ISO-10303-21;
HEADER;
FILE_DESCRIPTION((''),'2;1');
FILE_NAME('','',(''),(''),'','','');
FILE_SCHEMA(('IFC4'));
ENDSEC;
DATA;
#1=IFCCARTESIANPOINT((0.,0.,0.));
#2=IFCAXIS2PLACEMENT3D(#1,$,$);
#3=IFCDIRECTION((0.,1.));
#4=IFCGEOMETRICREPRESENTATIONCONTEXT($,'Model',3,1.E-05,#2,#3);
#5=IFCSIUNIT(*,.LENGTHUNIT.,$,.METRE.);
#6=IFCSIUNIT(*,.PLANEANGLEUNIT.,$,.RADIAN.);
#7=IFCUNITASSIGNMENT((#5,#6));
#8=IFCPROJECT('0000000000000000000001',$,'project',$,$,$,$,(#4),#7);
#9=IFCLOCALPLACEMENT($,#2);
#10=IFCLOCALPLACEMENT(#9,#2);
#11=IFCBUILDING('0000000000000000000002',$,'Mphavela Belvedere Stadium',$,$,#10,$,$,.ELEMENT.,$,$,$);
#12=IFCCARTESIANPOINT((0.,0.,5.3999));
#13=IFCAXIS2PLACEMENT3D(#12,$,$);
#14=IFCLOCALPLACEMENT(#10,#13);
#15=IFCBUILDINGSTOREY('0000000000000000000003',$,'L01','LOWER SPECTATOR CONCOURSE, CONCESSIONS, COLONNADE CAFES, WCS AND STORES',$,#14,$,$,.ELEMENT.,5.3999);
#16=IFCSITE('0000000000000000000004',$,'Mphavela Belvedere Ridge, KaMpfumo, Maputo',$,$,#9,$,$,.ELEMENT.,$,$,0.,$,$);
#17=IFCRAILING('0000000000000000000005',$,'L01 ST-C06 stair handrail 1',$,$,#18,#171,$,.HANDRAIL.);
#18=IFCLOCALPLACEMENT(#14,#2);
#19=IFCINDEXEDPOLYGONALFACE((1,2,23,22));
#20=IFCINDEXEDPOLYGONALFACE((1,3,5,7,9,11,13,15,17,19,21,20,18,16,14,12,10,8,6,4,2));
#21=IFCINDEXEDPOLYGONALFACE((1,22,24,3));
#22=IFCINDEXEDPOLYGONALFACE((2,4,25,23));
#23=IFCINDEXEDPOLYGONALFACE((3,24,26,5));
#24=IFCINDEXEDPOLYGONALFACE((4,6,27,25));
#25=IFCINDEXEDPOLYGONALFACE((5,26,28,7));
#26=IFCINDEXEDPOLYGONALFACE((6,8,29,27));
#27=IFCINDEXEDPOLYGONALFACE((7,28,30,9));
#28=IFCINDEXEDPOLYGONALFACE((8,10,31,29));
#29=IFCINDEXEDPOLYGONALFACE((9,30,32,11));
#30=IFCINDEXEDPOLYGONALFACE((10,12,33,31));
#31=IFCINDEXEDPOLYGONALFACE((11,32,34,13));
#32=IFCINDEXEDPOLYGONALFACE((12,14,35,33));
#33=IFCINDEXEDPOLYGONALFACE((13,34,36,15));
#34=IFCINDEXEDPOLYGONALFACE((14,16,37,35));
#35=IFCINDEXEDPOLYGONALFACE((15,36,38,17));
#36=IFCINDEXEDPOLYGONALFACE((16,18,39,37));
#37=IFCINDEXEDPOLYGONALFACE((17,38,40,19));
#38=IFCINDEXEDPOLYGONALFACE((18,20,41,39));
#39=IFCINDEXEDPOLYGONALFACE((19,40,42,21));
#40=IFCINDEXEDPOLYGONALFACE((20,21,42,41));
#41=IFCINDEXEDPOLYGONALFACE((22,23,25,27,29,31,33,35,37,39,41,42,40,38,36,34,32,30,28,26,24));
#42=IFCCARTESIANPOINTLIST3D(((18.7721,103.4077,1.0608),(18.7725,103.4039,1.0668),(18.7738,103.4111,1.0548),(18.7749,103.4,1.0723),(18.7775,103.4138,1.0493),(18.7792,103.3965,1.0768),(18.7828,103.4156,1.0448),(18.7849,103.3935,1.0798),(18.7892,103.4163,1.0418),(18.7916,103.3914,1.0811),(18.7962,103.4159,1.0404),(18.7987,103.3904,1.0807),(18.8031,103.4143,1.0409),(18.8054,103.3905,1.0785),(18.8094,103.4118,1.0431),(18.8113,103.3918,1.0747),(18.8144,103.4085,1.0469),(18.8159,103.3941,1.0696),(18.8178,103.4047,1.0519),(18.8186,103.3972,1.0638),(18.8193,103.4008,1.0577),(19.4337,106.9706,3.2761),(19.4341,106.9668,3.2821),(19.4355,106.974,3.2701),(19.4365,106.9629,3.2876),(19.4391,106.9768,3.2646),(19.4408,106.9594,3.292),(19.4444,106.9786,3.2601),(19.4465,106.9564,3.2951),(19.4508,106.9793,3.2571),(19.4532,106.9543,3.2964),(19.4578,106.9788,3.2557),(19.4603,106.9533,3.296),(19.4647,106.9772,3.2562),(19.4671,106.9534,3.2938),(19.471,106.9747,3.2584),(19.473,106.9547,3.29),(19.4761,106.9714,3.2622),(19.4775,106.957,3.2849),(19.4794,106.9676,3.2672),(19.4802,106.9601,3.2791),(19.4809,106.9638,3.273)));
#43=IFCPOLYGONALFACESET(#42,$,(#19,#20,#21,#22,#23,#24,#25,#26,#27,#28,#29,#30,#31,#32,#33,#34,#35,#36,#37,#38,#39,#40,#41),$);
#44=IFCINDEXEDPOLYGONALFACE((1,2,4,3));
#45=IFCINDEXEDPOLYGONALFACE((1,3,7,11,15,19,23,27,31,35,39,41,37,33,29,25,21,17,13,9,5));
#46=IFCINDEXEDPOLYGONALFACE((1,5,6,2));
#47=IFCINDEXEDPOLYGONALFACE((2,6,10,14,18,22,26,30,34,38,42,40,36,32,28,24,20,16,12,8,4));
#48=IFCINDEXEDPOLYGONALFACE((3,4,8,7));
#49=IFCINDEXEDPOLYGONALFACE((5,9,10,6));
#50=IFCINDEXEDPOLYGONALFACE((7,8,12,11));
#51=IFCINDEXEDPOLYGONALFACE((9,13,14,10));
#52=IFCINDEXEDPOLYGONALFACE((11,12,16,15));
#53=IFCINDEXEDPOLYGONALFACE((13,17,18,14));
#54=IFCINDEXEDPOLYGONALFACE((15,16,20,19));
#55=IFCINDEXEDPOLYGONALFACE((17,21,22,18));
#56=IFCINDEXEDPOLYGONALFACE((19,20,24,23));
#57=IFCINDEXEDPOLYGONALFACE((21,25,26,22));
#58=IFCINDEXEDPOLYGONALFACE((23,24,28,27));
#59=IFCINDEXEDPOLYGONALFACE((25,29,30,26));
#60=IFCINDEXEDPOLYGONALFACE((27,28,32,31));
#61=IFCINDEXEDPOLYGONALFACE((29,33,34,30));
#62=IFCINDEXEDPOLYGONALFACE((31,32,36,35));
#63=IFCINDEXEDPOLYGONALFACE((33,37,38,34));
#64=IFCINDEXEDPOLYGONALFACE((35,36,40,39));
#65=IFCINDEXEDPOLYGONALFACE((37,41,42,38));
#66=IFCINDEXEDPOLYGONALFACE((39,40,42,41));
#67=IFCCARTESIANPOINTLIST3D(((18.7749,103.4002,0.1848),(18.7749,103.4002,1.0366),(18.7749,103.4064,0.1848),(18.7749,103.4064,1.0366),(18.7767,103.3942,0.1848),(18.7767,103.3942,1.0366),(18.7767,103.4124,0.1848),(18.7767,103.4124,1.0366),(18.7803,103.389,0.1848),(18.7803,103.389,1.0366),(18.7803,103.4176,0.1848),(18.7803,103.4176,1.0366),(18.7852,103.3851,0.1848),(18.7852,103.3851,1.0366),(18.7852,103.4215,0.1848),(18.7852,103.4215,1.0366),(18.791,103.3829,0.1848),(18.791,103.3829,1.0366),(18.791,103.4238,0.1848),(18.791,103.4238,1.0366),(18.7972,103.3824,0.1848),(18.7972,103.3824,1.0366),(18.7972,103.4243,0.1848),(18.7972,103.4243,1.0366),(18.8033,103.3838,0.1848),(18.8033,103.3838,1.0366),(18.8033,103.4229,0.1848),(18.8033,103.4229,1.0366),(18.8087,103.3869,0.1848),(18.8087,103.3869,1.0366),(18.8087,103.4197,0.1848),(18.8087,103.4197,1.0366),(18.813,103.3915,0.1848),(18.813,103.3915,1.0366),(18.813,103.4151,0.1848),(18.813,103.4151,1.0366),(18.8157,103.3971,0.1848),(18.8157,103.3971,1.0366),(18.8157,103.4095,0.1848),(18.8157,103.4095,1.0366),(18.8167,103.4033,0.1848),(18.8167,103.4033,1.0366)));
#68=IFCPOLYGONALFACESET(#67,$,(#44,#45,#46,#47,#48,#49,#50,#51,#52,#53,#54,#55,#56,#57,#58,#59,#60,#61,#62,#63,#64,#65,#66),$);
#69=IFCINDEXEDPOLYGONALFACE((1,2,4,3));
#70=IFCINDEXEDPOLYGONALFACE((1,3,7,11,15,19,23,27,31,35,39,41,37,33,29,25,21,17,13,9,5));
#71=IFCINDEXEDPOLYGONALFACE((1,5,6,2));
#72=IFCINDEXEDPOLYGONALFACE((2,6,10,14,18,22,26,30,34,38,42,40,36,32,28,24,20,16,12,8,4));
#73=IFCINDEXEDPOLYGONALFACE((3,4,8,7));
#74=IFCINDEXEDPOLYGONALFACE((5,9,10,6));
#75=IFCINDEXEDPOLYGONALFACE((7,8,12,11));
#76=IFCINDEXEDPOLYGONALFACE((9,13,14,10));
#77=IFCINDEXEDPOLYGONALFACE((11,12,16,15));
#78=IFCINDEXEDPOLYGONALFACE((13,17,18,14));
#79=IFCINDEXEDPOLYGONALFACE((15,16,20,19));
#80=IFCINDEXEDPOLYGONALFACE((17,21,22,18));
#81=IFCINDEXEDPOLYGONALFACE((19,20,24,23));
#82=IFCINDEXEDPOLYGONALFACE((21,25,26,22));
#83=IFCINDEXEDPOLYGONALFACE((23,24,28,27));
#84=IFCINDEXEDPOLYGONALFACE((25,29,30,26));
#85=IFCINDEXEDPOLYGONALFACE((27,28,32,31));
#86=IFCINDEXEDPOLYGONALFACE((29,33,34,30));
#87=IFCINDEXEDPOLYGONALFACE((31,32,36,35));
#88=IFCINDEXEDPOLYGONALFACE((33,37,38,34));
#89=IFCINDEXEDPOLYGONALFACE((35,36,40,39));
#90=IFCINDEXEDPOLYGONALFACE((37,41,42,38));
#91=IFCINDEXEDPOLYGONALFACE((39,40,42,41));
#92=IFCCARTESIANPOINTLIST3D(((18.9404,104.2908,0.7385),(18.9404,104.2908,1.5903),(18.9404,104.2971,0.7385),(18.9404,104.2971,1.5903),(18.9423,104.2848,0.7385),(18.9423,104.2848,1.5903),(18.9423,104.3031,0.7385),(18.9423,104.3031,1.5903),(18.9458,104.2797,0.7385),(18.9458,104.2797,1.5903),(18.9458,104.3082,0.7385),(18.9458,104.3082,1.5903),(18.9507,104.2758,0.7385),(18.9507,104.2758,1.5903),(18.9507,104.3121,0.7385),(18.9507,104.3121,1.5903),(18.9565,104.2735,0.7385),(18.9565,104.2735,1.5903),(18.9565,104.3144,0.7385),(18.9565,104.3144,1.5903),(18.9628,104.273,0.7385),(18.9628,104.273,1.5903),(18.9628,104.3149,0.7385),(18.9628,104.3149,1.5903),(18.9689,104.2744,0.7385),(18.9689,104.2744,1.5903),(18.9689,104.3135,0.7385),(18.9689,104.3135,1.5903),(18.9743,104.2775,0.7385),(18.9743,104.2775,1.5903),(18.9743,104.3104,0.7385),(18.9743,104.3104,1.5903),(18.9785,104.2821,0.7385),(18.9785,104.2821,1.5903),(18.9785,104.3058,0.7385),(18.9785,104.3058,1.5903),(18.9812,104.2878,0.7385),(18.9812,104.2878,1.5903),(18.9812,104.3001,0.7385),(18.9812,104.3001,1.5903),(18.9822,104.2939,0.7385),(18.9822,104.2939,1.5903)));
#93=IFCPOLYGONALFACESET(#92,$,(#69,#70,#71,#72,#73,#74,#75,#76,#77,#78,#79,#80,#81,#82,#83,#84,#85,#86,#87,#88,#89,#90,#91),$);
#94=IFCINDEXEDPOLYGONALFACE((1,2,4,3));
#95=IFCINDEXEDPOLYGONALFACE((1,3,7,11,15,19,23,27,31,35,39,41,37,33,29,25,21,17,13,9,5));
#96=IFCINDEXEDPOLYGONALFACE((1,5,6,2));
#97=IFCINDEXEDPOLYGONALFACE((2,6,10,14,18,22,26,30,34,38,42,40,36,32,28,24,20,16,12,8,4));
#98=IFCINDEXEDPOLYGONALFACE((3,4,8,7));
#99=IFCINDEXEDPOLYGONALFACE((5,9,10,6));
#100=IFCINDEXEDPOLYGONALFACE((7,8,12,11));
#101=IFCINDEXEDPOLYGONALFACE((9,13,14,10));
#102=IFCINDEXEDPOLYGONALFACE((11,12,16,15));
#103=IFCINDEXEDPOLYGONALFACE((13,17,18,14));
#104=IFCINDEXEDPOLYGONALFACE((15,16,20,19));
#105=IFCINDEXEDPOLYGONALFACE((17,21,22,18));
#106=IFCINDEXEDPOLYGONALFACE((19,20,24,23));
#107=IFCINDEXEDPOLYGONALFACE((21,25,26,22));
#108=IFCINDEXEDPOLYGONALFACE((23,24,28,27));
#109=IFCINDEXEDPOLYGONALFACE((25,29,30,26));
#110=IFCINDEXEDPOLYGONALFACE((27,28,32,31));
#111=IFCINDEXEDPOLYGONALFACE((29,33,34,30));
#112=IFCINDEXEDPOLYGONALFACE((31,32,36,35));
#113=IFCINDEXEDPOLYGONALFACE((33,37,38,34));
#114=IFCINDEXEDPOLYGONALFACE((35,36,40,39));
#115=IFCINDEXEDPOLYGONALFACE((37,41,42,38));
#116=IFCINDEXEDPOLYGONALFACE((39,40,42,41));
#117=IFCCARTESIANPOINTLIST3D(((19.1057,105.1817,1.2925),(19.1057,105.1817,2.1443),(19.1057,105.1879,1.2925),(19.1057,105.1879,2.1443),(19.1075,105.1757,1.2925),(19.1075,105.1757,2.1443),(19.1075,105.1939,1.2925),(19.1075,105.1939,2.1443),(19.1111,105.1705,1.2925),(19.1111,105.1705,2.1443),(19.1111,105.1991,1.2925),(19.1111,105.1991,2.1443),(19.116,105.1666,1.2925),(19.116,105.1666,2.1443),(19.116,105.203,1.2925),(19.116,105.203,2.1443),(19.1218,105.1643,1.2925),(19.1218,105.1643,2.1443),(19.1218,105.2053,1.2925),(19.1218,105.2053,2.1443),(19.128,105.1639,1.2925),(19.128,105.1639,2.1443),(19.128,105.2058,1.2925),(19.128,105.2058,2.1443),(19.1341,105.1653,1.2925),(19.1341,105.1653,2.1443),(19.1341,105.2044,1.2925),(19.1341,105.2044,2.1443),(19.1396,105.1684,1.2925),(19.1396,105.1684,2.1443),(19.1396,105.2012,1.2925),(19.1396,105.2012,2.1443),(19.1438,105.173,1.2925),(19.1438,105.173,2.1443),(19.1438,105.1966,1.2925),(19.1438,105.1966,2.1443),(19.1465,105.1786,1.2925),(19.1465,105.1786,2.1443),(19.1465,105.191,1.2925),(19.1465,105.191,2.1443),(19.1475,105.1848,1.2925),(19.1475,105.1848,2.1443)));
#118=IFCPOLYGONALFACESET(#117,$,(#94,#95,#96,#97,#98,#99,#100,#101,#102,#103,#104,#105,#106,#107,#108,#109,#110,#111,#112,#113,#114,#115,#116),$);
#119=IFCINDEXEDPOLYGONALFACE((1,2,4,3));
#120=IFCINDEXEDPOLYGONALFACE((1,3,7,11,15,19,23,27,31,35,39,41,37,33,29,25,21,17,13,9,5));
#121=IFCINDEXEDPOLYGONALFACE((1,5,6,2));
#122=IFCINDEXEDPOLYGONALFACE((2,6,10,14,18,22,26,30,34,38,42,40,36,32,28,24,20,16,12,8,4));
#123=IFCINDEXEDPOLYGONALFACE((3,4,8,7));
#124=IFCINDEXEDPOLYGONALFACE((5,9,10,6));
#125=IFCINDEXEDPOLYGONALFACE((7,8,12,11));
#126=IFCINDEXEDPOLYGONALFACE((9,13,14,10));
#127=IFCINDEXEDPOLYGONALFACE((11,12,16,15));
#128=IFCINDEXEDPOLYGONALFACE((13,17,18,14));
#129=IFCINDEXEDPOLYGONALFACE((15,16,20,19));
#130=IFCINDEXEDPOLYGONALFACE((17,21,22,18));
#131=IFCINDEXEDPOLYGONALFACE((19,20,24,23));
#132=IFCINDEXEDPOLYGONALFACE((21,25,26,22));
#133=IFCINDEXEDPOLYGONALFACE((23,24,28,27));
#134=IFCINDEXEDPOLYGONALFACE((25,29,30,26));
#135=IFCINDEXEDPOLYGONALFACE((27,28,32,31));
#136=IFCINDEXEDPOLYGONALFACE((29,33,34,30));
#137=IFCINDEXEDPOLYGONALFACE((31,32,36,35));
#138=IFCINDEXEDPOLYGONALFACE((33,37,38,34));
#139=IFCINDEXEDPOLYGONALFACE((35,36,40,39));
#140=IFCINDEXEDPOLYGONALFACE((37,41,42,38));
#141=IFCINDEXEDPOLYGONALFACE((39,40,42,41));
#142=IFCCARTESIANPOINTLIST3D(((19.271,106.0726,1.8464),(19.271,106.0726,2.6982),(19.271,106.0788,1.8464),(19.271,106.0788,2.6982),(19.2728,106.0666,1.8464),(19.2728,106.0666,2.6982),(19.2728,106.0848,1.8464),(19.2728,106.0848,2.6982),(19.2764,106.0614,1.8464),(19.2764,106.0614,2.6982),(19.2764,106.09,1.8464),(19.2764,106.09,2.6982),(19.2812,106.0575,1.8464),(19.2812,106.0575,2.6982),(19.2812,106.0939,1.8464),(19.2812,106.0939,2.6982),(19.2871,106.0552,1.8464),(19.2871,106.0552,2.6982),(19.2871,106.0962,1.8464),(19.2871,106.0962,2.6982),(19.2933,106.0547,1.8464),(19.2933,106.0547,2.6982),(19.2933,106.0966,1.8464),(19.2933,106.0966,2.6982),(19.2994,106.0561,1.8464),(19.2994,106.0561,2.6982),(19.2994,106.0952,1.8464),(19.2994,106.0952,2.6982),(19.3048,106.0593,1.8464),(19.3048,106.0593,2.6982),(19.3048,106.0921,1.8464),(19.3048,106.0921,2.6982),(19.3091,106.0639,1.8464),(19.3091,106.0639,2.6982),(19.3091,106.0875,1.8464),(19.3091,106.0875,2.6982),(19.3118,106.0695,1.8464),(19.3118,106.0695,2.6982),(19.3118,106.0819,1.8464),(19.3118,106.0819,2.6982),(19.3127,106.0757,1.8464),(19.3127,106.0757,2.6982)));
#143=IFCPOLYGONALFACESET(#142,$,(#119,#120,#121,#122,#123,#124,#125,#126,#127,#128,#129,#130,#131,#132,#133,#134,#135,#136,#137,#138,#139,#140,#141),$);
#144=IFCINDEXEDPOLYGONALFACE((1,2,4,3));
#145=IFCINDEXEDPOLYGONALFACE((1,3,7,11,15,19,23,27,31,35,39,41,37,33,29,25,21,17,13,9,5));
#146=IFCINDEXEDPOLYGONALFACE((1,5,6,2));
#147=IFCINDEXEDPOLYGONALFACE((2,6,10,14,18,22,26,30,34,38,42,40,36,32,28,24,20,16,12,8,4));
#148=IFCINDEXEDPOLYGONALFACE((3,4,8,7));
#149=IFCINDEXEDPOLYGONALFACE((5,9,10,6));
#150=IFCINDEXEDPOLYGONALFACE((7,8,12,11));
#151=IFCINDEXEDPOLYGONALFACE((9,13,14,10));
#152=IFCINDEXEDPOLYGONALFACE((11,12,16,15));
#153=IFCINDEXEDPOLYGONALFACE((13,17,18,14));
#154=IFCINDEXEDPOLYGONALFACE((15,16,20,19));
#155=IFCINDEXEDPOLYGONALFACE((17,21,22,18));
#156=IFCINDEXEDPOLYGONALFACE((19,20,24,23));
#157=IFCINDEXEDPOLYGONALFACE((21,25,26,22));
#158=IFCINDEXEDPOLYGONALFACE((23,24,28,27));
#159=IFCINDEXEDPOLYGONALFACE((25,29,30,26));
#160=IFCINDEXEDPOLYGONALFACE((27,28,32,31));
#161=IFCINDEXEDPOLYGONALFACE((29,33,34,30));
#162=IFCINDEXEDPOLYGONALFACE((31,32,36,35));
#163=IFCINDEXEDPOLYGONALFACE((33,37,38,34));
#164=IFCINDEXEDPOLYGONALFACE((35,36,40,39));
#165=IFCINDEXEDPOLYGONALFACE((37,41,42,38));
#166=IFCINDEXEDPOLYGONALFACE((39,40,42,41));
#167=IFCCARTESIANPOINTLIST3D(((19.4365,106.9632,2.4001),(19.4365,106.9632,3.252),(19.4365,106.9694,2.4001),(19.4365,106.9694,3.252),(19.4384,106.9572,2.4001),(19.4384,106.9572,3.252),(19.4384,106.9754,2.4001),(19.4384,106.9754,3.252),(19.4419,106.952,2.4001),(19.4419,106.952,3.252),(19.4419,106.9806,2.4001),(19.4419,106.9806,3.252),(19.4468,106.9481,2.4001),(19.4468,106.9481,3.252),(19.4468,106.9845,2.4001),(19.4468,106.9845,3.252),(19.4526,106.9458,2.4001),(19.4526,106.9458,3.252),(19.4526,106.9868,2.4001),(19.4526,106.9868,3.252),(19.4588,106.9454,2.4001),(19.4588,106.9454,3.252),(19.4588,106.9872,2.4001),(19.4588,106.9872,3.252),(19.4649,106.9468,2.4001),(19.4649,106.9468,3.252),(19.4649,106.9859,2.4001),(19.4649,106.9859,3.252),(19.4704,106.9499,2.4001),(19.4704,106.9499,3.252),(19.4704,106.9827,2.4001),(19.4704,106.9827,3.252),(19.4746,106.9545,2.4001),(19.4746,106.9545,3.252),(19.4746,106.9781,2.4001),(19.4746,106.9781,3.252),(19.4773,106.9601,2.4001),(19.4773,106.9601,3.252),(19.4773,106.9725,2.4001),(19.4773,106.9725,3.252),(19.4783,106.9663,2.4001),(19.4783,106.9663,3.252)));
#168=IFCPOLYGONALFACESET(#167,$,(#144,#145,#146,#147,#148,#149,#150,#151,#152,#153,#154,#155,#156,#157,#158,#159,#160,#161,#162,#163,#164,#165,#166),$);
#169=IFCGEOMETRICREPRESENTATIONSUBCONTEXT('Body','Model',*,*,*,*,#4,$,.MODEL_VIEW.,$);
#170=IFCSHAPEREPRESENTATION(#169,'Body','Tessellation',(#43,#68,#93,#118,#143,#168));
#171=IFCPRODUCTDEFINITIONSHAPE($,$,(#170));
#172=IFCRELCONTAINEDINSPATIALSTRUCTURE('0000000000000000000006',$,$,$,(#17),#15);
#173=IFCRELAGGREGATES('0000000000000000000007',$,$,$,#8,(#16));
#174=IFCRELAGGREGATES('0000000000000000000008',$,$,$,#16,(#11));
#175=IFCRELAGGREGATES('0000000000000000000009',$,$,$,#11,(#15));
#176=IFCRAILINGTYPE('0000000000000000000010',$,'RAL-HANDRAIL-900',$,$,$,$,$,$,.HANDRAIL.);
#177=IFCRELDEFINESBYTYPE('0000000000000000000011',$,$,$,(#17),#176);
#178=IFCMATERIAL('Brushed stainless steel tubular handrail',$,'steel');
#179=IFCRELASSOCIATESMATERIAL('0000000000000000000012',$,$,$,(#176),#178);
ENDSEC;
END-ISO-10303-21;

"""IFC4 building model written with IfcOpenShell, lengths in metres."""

from ifc_helpers import new_model, si_unit, direction, frame, origin, origin_2d, place, context, subcontext, project, spatial, circle, extrude, material, type_object, element, save


model = new_model("IFC4")

# Units and contexts
model_context = context("Model", 3, precision=1e-05, world=origin(), true_north=direction((0.0, 1.0)))
body_context = subcontext(model_context, "Body", "Model", "MODEL_VIEW")
ifc_project = project(units=[si_unit("LENGTHUNIT", "METRE"), si_unit("PLANEANGLEUNIT", "RADIAN")], contexts=[model_context])

# Site, building, storey
site_placement = place(None, origin())
site = spatial("IfcSite", under=ifc_project, at=site_placement, Name="Mphavela Belvedere Ridge, KaMpfumo, Maputo", CompositionType="ELEMENT", RefElevation=0.0)
building_placement = place(site_placement, origin())
building = spatial("IfcBuilding", under=site, at=building_placement, Name="Mphavela Belvedere Stadium", CompositionType="ELEMENT")
storey_placement = place(building_placement, frame((0.0, 0.0, 5.3999)))
storey = spatial("IfcBuildingStorey", under=building, at=storey_placement, Name="L01", Description="LOWER SPECTATOR CONCOURSE, CONCESSIONS, COLONNADE CAFES, WCS AND STORES", CompositionType="ELEMENT", Elevation=5.3999)

# Railing
ifc_material_1 = material(Name="Brushed stainless steel tubular handrail", Category="steel")
railing_type = type_object("IfcRailingType", Name="RAL-HANDRAIL-900", PredefinedType="HANDRAIL", material=ifc_material_1)
railing_placement = place(storey_placement, frame((18.7957, 103.4033, 0.1848)))
element("IfcRailing", 1, at=railing_placement, inside=storey, type_object=railing_type, Name="L01 ST-C06 stair handrail 1", PredefinedType="HANDRAIL", context=body_context, shape_type="SweptSolid", body=[
    extrude(circle(Radius=0.0239, at=origin_2d()), frame((0.0, 0.0, 0.876), z_axis=(0.155771, 0.838865, 0.521575), x_axis=(-0.983193, 0.182572, 0.0)), (0.0, 0.0, 1.0), 4.2473),
    extrude(circle(Radius=0.021, at=origin_2d()), origin(), (0.0, 0.0, 1.0), 0.8518),
    extrude(circle(Radius=0.021, at=origin_2d()), frame((0.1655, 0.8906, 0.5537)), (0.0, 0.0, 1.0), 0.8518),
    extrude(circle(Radius=0.021, at=origin_2d()), frame((0.3308, 1.7815, 1.1077)), (0.0, 0.0, 1.0), 0.8518),
    extrude(circle(Radius=0.021, at=origin_2d()), frame((0.4961, 2.6724, 1.6616)), (0.0, 0.0, 1.0), 0.8518),
    extrude(circle(Radius=0.021, at=origin_2d()), frame((0.6616, 3.563, 2.2153)), (0.0, 0.0, 1.0), 0.8518),
])

save(model, "model.ifc")
